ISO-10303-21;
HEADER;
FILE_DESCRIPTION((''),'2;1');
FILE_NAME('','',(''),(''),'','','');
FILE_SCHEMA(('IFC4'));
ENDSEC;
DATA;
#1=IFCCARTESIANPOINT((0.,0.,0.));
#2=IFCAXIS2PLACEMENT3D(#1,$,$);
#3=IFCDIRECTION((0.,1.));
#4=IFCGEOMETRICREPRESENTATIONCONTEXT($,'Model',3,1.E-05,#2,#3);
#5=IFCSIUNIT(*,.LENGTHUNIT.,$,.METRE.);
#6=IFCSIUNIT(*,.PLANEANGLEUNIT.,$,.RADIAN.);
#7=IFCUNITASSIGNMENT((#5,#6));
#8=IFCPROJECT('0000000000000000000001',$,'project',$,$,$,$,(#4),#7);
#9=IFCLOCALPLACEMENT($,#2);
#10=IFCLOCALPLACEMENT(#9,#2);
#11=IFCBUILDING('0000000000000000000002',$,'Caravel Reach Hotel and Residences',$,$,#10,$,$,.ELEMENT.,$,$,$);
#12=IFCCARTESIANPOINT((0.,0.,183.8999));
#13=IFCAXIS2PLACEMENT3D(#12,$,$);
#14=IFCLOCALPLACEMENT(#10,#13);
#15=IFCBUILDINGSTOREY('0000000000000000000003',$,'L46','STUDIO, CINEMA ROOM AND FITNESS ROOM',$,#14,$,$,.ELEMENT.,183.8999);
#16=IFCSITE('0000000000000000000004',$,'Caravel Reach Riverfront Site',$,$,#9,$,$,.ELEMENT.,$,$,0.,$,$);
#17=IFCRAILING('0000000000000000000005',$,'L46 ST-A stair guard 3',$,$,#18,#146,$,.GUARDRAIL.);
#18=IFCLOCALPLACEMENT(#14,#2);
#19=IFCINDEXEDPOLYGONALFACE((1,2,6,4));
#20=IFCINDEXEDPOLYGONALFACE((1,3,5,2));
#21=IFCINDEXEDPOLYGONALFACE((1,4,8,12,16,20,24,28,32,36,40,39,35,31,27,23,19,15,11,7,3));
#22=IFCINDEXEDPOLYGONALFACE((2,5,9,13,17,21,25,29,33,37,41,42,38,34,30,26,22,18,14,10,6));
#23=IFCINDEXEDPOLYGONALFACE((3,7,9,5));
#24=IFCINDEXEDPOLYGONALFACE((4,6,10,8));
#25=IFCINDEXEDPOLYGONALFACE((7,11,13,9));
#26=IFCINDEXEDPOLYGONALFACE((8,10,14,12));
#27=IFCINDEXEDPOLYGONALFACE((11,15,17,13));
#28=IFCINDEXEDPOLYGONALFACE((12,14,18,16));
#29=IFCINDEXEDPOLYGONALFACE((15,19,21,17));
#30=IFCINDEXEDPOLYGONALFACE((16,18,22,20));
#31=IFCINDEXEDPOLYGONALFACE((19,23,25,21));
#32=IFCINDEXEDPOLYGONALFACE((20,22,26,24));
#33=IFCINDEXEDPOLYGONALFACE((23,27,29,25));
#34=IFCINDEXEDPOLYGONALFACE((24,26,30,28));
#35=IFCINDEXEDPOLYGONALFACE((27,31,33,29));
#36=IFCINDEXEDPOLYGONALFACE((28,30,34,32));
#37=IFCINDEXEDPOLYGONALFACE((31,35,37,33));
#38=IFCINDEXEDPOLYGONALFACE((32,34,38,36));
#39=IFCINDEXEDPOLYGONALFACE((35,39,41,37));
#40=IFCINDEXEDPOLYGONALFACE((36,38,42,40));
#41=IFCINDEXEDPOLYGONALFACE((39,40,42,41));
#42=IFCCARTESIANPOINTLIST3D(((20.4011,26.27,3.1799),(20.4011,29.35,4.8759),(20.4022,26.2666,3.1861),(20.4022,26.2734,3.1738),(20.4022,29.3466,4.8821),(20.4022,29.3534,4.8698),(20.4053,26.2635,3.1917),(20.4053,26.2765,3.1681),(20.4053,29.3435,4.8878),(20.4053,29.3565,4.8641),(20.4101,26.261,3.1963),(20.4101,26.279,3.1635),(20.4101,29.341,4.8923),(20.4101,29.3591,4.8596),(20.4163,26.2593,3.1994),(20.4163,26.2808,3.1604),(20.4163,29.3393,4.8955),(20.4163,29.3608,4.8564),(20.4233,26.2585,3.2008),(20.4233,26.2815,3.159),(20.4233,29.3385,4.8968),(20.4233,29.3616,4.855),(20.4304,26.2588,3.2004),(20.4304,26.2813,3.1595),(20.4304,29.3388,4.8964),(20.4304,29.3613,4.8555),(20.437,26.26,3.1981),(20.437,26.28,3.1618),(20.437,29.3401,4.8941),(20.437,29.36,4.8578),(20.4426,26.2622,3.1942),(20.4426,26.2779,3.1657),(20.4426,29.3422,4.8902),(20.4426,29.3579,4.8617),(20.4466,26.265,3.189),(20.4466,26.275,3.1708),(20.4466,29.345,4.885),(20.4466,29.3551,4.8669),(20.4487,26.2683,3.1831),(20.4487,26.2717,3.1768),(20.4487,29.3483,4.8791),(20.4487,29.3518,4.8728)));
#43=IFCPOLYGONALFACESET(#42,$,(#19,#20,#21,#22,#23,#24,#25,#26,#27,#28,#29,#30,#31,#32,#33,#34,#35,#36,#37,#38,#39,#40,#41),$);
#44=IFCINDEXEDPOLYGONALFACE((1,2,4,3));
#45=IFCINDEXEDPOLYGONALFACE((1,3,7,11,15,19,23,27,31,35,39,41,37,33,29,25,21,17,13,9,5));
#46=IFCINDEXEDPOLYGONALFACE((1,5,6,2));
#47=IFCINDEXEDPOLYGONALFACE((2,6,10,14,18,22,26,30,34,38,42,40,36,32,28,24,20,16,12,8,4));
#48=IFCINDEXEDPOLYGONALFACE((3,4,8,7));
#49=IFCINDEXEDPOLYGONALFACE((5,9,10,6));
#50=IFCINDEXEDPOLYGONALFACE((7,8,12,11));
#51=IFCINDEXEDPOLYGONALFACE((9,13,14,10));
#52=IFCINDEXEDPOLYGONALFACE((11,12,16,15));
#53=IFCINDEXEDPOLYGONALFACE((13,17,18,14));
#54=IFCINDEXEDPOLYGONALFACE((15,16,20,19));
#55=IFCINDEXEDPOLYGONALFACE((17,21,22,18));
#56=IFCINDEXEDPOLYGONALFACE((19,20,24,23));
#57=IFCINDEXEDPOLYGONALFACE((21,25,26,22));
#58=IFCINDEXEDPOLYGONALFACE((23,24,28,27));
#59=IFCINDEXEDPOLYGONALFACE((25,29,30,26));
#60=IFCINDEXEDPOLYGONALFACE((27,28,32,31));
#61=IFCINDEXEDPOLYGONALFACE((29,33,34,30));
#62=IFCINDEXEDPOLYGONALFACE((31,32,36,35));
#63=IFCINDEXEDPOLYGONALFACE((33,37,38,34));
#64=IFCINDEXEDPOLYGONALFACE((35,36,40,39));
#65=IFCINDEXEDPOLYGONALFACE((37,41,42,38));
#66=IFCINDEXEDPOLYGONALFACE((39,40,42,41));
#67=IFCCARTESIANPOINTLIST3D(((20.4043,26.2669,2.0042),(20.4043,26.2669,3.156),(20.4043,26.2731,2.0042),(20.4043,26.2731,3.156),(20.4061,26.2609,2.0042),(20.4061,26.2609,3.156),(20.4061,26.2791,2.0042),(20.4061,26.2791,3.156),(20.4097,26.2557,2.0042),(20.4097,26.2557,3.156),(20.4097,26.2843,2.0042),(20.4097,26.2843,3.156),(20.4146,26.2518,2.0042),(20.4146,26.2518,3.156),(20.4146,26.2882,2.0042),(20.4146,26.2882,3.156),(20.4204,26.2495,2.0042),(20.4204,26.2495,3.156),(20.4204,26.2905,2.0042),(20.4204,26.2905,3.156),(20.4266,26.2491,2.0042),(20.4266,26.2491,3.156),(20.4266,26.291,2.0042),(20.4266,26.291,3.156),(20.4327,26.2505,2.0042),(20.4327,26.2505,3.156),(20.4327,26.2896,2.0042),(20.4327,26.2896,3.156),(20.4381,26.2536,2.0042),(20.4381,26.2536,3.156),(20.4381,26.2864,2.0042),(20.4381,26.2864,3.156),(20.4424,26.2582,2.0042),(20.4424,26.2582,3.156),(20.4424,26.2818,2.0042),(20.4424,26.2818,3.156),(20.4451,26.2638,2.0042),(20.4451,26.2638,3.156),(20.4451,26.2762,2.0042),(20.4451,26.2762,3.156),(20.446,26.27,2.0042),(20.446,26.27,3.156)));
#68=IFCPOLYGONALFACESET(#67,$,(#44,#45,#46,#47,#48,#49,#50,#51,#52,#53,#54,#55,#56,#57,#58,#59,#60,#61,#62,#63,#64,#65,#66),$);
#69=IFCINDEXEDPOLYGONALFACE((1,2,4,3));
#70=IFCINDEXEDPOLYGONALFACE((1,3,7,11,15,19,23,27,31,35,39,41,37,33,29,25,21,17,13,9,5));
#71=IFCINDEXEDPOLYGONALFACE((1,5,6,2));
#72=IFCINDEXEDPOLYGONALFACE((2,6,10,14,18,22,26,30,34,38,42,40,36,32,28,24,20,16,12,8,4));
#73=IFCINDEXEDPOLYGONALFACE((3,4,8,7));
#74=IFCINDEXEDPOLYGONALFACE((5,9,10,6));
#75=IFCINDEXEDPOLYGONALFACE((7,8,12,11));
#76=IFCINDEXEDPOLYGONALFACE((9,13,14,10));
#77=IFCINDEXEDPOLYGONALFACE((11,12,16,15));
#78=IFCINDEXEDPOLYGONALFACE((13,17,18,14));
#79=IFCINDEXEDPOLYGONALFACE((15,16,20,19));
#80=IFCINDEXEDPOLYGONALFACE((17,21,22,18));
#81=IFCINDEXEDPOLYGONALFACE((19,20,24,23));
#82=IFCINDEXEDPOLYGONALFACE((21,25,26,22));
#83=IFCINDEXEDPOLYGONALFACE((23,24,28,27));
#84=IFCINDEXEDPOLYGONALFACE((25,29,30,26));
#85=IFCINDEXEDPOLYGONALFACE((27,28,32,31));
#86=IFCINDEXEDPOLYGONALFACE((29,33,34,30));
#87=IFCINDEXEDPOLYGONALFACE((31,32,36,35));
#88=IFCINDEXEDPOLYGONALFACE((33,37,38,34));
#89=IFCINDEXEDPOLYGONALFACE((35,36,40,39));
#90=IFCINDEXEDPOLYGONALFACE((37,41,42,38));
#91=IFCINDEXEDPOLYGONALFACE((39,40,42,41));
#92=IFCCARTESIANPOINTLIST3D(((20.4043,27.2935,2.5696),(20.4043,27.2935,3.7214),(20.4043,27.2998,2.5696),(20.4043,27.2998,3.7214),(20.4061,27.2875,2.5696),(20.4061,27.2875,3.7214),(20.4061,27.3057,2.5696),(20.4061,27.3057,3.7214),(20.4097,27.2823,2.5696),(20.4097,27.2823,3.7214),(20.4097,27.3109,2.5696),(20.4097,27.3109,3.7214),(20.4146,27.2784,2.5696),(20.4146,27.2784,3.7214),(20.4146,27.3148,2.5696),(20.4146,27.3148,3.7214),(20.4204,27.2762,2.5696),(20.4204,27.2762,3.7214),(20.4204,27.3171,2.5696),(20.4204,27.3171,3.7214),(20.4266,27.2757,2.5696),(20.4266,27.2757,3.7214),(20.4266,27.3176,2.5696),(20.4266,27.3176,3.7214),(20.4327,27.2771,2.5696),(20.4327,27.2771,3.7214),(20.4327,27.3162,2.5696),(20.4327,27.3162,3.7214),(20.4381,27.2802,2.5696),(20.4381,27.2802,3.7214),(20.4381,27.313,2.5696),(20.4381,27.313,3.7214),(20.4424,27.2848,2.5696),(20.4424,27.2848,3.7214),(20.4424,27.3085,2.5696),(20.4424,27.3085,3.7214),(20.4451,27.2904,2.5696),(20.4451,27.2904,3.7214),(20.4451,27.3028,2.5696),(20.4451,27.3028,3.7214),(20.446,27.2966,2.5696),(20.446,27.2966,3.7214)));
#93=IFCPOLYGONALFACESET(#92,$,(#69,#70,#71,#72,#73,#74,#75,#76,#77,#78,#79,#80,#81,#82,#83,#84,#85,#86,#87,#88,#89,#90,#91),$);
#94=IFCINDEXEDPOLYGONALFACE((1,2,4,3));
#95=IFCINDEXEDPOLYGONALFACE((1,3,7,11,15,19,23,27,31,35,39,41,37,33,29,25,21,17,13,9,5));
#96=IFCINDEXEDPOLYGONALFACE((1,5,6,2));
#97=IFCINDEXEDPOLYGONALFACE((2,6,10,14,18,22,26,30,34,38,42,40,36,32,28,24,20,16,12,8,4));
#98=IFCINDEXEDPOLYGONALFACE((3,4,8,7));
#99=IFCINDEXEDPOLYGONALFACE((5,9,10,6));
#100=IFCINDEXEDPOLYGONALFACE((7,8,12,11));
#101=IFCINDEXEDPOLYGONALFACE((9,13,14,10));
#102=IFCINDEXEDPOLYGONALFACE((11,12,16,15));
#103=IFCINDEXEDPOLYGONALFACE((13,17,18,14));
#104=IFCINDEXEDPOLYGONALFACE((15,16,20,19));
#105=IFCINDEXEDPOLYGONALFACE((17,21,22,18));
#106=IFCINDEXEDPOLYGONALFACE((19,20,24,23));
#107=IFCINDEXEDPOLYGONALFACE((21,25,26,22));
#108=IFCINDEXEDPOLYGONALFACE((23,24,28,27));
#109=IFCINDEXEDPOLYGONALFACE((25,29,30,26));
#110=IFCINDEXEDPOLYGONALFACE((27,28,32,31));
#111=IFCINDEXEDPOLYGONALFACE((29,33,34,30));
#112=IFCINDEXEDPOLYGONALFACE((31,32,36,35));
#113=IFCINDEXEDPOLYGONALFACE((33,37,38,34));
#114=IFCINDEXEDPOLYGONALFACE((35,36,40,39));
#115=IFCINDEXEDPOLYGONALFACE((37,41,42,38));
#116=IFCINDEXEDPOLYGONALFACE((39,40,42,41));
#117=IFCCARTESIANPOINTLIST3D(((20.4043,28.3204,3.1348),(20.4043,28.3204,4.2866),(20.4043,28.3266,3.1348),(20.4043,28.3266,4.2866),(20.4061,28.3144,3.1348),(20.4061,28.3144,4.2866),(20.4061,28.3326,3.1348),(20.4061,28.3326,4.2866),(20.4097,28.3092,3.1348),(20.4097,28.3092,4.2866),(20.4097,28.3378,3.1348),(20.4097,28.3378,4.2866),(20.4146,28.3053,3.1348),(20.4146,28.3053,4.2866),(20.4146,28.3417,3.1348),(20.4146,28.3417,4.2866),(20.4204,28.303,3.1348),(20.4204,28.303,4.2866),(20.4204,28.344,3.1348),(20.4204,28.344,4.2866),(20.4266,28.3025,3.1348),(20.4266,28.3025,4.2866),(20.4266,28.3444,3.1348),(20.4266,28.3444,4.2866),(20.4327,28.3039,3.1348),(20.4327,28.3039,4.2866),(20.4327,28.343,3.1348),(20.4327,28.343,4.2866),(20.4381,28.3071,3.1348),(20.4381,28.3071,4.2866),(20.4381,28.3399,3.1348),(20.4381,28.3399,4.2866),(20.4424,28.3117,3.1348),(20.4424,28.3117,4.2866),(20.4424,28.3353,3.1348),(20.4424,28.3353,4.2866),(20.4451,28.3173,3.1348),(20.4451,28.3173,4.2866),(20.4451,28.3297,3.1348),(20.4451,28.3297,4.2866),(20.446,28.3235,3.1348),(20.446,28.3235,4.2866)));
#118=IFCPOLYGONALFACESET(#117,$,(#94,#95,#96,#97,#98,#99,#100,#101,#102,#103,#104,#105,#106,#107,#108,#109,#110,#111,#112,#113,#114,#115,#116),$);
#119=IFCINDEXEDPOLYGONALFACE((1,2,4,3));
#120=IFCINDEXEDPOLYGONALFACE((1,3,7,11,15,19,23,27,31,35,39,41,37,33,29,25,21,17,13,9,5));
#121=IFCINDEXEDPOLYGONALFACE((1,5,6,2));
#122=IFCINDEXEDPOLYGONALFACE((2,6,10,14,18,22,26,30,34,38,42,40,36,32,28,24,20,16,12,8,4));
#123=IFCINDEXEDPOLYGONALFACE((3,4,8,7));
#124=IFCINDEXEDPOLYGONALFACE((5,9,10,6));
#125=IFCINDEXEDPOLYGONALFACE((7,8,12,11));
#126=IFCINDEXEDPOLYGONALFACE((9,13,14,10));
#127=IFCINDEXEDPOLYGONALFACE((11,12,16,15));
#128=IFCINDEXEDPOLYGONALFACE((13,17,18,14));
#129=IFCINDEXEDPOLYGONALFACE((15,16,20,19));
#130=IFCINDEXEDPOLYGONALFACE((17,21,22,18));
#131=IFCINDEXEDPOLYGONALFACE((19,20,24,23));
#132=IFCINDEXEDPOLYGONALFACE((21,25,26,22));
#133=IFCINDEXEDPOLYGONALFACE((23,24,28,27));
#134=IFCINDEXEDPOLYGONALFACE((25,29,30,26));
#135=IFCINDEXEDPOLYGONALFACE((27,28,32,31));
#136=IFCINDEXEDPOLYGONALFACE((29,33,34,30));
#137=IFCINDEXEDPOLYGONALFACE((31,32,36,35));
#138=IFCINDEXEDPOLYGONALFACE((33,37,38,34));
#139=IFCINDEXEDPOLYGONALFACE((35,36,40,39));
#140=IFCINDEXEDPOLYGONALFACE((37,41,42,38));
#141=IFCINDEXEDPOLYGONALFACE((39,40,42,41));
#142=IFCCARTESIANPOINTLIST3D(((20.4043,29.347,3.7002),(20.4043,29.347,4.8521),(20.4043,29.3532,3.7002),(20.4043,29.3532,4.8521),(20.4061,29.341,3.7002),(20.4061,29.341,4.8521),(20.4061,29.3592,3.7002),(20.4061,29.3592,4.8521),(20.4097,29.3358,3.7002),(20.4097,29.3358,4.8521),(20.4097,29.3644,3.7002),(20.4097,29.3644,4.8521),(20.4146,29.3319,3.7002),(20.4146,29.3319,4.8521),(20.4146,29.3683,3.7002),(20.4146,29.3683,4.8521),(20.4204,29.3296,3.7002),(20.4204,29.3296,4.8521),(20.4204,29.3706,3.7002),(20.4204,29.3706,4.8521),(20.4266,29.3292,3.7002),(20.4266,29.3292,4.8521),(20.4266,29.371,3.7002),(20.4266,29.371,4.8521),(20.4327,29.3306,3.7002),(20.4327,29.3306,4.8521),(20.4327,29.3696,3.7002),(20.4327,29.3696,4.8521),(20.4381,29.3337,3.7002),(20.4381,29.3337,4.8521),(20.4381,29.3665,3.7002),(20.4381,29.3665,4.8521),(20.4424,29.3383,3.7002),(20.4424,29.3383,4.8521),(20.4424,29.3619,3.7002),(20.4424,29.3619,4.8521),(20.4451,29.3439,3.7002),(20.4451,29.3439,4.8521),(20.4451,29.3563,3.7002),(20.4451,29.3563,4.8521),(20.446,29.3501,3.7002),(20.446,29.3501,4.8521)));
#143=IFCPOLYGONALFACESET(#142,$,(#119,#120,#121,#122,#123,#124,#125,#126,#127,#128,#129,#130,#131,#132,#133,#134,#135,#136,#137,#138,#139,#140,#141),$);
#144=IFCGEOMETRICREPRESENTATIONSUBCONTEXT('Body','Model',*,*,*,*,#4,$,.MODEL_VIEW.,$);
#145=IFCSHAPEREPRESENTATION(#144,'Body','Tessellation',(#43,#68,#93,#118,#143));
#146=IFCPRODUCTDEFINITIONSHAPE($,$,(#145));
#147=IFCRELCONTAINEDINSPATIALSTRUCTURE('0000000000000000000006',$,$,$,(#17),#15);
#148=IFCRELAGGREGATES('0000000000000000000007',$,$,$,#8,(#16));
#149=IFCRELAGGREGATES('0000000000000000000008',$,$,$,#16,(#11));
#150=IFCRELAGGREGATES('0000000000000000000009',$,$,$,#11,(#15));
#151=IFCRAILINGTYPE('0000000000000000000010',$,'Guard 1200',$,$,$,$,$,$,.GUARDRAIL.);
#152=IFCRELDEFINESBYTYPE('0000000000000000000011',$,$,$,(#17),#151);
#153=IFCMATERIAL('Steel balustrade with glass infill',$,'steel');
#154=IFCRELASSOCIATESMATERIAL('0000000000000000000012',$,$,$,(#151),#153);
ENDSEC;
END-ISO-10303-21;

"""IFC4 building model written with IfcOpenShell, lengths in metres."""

from ifc_helpers import new_model, si_unit, direction, frame, origin, origin_2d, place, context, subcontext, project, spatial, circle, extrude, material, type_object, element, save


model = new_model("IFC4")

# Units and contexts
model_context = context("Model", 3, precision=1e-05, world=origin(), true_north=direction((0.0, 1.0)))
body_context = subcontext(model_context, "Body", "Model", "MODEL_VIEW")
ifc_project = project(units=[si_unit("LENGTHUNIT", "METRE"), si_unit("PLANEANGLEUNIT", "RADIAN")], contexts=[model_context])

# Site, building, storey
site_placement = place(None, origin())
site = spatial("IfcSite", under=ifc_project, at=site_placement, Name="Caravel Reach Riverfront Site", CompositionType="ELEMENT", RefElevation=0.0)
building_placement = place(site_placement, origin())
building = spatial("IfcBuilding", under=site, at=building_placement, Name="Caravel Reach Hotel and Residences", CompositionType="ELEMENT")
storey_placement = place(building_placement, frame((0.0, 0.0, 183.8999)))
storey = spatial("IfcBuildingStorey", under=building, at=storey_placement, Name="L46", Description="STUDIO, CINEMA ROOM AND FITNESS ROOM", CompositionType="ELEMENT", Elevation=183.8999)

# Railing
ifc_material_1 = material(Name="Steel balustrade with glass infill", Category="steel")
railing_type_1 = type_object("IfcRailingType", Name="Guard 1200", PredefinedType="GUARDRAIL", material=ifc_material_1)
railing_1_placement = place(storey_placement, frame((20.425, 26.27, 2.0042)))
element("IfcRailing", 1, at=railing_1_placement, inside=storey, type_object=railing_type_1, Name="L46 ST-A stair guard 3", PredefinedType="GUARDRAIL", context=body_context, shape_type="SweptSolid", body=[
    extrude(circle(Radius=0.0239, at=origin_2d()), frame((0.0, 0.0, 1.1758), z_axis=(0.0, 0.875975, 0.482356), x_axis=(-1.0, 0.0, 0.0)), (0.0, 0.0, 1.0), 3.5161),
    extrude(circle(Radius=0.021, at=origin_2d()), origin(), (0.0, 0.0, 1.0), 1.1519),
    extrude(circle(Radius=0.021, at=origin_2d()), frame((0.0, 1.0266, 0.5654)), (0.0, 0.0, 1.0), 1.1519),
    extrude(circle(Radius=0.021, at=origin_2d()), frame((0.0, 2.0535, 1.1306)), (0.0, 0.0, 1.0), 1.1519),
    extrude(circle(Radius=0.021, at=origin_2d()), frame((0.0, 3.0801, 1.696)), (0.0, 0.0, 1.0), 1.1519),
])

save(model, "model.ifc")
